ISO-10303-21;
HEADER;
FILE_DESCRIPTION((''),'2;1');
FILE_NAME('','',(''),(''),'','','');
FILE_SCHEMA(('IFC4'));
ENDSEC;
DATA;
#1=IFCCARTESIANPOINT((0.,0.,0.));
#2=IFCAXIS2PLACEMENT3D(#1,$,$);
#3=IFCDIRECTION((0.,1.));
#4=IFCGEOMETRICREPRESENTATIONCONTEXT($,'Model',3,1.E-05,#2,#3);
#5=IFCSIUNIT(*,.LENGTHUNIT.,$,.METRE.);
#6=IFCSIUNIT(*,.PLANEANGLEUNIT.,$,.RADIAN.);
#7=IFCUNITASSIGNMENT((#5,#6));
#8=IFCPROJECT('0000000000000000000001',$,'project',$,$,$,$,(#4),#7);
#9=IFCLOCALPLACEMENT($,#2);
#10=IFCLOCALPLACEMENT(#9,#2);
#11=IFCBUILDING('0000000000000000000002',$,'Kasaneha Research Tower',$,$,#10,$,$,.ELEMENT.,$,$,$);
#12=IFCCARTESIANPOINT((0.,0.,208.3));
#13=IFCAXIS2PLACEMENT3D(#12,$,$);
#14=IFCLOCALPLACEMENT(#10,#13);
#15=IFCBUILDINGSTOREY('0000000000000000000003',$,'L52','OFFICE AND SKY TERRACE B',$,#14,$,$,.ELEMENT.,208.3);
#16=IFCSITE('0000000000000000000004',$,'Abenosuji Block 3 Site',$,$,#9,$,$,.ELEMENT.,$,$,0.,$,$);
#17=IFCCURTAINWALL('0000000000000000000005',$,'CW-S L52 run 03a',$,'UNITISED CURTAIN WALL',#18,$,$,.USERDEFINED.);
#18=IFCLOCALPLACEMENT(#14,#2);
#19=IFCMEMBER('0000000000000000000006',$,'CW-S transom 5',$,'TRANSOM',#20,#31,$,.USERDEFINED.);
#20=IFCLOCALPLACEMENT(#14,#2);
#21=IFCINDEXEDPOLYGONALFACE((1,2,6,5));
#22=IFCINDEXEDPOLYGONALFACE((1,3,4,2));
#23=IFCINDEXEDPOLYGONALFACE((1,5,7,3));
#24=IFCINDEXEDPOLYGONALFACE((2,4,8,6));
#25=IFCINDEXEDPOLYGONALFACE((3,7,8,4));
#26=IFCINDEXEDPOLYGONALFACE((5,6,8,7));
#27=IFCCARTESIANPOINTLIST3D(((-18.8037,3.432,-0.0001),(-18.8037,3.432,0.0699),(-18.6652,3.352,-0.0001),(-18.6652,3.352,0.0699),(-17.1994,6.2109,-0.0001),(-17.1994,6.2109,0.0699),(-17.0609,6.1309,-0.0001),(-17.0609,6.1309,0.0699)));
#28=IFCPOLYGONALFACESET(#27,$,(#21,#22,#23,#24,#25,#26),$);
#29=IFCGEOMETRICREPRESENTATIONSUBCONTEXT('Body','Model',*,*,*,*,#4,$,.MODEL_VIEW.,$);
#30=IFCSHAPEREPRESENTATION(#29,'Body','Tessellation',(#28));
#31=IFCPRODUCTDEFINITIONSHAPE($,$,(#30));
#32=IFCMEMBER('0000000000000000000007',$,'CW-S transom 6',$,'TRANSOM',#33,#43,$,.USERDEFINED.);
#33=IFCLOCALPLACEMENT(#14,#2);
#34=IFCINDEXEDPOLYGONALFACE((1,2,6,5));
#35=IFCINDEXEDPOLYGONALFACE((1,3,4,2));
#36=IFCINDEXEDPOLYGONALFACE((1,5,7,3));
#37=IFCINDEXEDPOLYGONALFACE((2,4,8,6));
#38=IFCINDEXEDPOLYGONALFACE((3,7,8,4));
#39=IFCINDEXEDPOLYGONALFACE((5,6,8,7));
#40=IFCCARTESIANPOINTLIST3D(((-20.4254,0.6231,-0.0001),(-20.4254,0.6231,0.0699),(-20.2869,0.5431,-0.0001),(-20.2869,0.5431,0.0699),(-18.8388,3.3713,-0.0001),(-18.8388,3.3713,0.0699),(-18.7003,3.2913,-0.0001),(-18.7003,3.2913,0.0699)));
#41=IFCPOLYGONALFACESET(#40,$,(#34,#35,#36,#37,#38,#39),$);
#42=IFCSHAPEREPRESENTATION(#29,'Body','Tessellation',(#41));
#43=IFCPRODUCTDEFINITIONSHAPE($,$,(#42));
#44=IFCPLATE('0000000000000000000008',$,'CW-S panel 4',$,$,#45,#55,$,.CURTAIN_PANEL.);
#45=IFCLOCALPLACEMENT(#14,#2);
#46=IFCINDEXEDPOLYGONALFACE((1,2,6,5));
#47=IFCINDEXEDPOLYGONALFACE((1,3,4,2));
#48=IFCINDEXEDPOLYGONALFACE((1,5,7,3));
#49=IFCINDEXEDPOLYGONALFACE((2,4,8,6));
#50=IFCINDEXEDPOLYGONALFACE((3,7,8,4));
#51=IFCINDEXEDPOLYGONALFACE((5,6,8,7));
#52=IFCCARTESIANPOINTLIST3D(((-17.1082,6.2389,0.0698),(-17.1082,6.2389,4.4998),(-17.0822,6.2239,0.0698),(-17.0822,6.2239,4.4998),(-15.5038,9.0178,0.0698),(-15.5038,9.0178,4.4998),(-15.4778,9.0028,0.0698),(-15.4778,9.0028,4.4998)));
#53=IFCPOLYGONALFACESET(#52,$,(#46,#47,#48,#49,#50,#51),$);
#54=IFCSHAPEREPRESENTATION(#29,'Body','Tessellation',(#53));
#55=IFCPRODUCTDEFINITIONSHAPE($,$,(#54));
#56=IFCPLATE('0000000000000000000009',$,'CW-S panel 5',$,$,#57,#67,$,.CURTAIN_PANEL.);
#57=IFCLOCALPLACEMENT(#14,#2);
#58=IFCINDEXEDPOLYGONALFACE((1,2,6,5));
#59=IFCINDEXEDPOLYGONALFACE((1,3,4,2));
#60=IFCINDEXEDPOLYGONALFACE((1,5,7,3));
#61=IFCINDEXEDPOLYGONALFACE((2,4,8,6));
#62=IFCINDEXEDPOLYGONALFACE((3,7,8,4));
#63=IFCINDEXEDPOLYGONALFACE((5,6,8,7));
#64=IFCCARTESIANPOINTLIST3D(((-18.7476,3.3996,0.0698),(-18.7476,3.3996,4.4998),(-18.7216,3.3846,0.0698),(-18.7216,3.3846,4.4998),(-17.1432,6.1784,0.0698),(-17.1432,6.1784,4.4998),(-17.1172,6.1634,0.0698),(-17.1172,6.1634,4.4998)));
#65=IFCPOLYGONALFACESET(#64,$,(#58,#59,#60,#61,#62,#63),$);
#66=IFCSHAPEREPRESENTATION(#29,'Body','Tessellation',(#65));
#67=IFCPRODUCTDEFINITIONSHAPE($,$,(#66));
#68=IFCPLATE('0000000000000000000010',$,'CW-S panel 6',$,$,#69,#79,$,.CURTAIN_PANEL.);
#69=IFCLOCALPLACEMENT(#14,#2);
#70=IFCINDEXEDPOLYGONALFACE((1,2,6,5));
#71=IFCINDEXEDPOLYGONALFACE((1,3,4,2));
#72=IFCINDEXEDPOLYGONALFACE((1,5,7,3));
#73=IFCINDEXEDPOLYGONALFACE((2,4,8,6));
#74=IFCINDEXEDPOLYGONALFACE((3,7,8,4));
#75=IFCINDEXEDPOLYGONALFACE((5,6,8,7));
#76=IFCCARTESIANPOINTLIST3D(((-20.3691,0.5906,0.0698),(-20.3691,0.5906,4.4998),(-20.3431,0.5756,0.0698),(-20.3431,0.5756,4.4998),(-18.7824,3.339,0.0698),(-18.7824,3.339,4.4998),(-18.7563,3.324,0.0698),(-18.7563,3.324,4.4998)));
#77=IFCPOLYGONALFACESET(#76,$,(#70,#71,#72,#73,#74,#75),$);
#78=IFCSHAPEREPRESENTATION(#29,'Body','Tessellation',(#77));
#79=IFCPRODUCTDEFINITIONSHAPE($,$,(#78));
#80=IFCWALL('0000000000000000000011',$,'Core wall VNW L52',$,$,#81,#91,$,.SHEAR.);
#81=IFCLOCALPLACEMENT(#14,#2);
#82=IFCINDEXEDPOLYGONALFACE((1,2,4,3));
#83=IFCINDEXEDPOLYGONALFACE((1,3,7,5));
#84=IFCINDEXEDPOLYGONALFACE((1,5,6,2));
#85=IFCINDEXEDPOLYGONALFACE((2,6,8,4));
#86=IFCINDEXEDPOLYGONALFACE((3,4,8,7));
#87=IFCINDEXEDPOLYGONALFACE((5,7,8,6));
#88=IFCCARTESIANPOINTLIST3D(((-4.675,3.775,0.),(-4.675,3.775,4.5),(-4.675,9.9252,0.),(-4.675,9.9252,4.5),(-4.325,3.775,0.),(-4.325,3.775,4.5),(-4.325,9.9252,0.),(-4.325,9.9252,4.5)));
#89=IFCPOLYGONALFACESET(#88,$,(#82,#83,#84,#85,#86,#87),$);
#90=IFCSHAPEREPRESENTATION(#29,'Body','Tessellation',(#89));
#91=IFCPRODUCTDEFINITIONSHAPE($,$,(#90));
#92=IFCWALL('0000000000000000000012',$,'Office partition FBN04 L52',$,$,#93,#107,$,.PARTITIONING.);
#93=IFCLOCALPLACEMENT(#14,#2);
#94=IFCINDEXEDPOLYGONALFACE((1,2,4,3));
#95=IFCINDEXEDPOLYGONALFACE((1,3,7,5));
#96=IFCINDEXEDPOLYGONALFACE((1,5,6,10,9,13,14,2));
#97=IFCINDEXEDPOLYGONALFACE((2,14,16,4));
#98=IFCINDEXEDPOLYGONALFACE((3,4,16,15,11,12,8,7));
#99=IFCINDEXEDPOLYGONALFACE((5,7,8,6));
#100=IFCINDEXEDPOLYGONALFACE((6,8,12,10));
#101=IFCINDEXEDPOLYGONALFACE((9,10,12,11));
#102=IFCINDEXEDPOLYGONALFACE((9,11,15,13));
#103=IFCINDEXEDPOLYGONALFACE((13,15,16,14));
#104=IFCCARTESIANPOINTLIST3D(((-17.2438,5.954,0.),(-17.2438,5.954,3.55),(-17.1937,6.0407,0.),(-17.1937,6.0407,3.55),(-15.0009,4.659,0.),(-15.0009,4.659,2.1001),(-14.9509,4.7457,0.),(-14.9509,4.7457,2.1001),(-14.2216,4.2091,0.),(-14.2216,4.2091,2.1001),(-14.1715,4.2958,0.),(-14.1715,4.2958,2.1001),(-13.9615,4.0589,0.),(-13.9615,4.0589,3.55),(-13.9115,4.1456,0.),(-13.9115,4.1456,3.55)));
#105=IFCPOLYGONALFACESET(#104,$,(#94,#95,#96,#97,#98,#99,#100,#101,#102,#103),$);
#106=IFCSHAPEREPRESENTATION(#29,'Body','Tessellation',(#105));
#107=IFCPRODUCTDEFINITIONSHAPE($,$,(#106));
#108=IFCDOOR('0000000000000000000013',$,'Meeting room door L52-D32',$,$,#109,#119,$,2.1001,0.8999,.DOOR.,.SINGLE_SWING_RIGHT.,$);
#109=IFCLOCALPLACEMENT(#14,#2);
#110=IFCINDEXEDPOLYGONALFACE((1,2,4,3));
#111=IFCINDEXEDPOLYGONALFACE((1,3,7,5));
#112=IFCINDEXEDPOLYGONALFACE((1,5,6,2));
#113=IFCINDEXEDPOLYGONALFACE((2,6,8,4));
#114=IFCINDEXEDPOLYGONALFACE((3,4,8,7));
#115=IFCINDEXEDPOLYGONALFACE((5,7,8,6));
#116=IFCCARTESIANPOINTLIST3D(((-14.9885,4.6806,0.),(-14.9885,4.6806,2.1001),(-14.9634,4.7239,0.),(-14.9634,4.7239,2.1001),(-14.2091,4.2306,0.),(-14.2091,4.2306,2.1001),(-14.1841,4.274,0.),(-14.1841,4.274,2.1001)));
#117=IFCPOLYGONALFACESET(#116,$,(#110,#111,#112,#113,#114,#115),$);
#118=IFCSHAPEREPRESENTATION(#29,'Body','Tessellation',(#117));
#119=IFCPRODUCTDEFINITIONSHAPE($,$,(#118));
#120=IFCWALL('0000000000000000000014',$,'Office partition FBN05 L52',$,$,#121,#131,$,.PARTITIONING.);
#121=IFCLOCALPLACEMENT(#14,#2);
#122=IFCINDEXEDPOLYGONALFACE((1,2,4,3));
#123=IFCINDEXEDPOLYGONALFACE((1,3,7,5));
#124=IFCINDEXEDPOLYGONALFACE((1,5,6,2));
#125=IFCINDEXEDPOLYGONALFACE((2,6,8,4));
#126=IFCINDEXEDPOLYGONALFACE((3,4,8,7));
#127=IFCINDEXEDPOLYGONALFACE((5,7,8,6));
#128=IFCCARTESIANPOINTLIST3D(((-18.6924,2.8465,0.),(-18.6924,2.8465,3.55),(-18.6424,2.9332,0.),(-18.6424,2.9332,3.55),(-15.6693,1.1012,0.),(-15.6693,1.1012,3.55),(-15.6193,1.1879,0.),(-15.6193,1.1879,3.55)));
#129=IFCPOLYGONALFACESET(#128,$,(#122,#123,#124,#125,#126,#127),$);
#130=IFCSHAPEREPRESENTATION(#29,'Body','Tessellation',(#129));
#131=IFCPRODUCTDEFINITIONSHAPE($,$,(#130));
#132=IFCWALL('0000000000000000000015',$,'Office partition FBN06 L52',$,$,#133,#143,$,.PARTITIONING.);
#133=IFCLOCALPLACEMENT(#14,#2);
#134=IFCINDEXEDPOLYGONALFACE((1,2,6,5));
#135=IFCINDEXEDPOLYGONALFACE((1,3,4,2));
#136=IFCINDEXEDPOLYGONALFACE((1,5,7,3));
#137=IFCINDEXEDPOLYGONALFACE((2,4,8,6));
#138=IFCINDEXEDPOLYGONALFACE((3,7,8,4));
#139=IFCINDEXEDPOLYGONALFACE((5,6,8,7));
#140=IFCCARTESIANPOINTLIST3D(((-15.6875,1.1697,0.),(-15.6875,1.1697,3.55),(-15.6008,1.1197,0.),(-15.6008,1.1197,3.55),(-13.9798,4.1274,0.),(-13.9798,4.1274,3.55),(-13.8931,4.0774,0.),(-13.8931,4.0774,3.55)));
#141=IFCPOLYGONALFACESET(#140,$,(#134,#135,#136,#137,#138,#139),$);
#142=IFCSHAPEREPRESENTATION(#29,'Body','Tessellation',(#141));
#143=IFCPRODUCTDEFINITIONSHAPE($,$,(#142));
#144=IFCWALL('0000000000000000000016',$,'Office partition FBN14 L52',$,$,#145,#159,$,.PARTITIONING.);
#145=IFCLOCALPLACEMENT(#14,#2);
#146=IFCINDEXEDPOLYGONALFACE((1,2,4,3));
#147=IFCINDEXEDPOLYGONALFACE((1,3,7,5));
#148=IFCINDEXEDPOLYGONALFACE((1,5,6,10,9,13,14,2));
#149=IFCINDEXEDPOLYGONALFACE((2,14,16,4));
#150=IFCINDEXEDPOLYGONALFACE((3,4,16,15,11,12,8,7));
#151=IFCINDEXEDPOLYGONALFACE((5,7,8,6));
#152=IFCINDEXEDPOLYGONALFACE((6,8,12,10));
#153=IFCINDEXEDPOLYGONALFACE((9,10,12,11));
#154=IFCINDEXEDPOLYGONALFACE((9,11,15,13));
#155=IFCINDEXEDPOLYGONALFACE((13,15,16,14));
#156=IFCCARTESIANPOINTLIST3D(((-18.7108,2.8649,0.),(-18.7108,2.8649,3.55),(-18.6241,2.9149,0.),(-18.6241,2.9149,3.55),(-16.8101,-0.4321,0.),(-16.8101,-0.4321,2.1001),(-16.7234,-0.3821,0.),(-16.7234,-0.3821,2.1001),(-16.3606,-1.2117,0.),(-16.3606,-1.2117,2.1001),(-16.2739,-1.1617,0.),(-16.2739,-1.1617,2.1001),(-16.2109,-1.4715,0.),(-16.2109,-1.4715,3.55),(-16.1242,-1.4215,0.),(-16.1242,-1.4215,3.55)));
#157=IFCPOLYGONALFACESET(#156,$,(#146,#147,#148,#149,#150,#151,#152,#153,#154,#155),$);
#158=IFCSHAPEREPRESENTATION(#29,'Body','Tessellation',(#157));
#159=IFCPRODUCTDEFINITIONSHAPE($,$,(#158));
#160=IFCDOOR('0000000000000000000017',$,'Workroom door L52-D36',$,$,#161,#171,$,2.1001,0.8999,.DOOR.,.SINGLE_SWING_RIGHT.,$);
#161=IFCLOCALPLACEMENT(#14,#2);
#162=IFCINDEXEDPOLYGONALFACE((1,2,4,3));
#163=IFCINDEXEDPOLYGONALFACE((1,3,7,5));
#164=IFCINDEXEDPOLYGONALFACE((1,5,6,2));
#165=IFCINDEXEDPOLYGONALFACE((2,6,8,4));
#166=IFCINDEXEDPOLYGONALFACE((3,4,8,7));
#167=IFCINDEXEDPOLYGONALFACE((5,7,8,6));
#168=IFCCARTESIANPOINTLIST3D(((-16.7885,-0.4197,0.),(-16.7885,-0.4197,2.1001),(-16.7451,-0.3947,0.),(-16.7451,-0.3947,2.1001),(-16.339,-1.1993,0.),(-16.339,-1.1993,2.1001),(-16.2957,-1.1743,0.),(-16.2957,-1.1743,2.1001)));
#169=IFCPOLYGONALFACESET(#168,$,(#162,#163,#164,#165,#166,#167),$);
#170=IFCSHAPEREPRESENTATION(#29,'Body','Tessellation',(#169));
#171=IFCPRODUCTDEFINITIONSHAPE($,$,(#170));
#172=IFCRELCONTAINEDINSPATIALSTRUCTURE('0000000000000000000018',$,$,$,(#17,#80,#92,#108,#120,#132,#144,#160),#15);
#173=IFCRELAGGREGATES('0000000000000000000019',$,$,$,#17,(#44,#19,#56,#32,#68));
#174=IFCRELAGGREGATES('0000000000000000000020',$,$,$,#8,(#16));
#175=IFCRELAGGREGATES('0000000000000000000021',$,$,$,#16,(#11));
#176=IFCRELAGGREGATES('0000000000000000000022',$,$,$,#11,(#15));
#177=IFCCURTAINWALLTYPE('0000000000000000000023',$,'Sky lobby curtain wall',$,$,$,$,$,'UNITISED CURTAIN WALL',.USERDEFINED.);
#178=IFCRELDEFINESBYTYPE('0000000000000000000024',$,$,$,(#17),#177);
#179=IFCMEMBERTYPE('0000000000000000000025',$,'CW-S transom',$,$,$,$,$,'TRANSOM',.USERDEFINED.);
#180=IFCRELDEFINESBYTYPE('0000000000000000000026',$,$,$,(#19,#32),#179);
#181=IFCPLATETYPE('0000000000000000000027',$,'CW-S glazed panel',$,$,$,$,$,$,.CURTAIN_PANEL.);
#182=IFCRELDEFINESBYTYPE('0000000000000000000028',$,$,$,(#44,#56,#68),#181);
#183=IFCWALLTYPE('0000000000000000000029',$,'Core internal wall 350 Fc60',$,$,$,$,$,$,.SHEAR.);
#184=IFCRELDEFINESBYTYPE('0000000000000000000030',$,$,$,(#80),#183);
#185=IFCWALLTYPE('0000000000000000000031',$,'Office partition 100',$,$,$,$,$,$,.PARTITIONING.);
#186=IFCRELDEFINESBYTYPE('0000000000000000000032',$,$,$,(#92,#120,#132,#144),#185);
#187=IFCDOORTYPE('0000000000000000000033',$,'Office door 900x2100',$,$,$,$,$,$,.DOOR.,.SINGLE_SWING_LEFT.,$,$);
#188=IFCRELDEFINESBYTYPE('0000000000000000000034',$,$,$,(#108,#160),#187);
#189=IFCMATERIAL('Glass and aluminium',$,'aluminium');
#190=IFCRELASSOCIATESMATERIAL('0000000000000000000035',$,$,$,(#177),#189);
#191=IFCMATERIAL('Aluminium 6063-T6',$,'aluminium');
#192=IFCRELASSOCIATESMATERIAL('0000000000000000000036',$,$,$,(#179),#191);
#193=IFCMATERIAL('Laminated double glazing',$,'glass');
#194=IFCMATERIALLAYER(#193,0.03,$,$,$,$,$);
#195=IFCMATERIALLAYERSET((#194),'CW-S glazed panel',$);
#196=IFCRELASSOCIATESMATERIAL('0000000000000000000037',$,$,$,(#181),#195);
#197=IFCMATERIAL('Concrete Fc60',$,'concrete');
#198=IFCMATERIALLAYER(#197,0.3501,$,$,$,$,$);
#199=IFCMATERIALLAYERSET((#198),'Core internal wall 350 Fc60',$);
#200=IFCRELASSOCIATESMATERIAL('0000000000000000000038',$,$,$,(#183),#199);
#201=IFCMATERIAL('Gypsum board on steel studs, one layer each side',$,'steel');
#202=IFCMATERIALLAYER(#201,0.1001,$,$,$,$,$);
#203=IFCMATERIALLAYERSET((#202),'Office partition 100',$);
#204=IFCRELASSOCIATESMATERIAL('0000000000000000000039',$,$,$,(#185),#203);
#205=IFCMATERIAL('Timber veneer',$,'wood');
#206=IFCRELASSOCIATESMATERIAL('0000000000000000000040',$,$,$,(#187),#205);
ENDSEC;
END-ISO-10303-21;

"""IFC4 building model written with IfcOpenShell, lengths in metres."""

from ifc_helpers import new_model, si_unit, direction, frame, frame_2d, origin, origin_2d, place, context, subcontext, project, spatial, rectangle, extrude, material, layer, layer_set, material_profile, profile_set, type_object, element, fill, aggregate, save


model = new_model("IFC4")

# Units and contexts
model_context = context("Model", 3, precision=1e-05, world=origin(), true_north=direction((0.0, 1.0)))
body_context = subcontext(model_context, "Body", "Model", "MODEL_VIEW")
ifc_project = project(units=[si_unit("LENGTHUNIT", "METRE"), si_unit("PLANEANGLEUNIT", "RADIAN")], contexts=[model_context])

# Site, building, storey
site_placement = place(None, origin())
site = spatial("IfcSite", under=ifc_project, at=site_placement, Name="Abenosuji Block 3 Site", CompositionType="ELEMENT", RefElevation=0.0)
building_placement = place(site_placement, origin())
building = spatial("IfcBuilding", under=site, at=building_placement, Name="Kasaneha Research Tower", CompositionType="ELEMENT")
storey_placement = place(building_placement, frame((0.0, 0.0, 208.3)))
storey = spatial("IfcBuildingStorey", under=building, at=storey_placement, Name="L52", Description="OFFICE AND SKY TERRACE B", CompositionType="ELEMENT", Elevation=208.3)

# Curtain wall, members, plates
ifc_material_1 = material(Name="Glass and aluminium", Category="aluminium")
curtain_wall_type = type_object("IfcCurtainWallType", Name="Sky lobby curtain wall", ElementType="UNITISED CURTAIN WALL", PredefinedType="USERDEFINED", material=ifc_material_1)
curtain_wall_placement = place(storey_placement, origin())
curtain_wall = element("IfcCurtainWall", 1, at=curtain_wall_placement, inside=storey, type_object=curtain_wall_type, Name="CW-S L52 run 03a", ObjectType="UNITISED CURTAIN WALL", PredefinedType="USERDEFINED")
ifc_material_2 = material(Name="Aluminium 6063-T6", Category="aluminium")
ifc_material_profile = material_profile(ifc_material_2, rectangle(XDim=0.1599, YDim=0.0701, at=origin_2d()), Name="CW-S transom 160x70")
ifc_profile_set = profile_set([ifc_material_profile], Name="Aluminium 6063-T6")
member_type = type_object("IfcMemberType", Name="CW-S transom", ElementType="TRANSOM", PredefinedType="USERDEFINED", material=ifc_profile_set)
member_1_placement = place(storey_placement, frame((-17.1301, 6.1709, 0.0349), z_axis=(-0.499977, -0.866039, 0.0), x_axis=(0.866039, -0.499977, 0.0)))
member_1 = element("IfcMember", 2, at=member_1_placement, type_object=member_type, Name="CW-S transom 5", ObjectType="TRANSOM", PredefinedType="USERDEFINED", context=body_context, shape_type="SweptSolid", body=[
    extrude(rectangle(XDim=0.1599, YDim=0.0701, at=origin_2d()), origin(), (0.0, 0.0, 1.0), 3.2087),
])
member_2_placement = place(storey_placement, frame((-18.7695, 3.3313, 0.0349), z_axis=(-0.499987, -0.866033, 0.0), x_axis=(0.866033, -0.499987, 0.0)))
member_2 = element("IfcMember", 3, at=member_2_placement, type_object=member_type, Name="CW-S transom 6", ObjectType="TRANSOM", PredefinedType="USERDEFINED", context=body_context, shape_type="SweptSolid", body=[
    extrude(rectangle(XDim=0.1599, YDim=0.0701, at=origin_2d()), origin(), (0.0, 0.0, 1.0), 3.1733),
])
ifc_material_3 = material(Name="Laminated double glazing", Category="glass")
ifc_layer_1 = layer(ifc_material_3, 0.03)
ifc_layer_set_1 = layer_set([ifc_layer_1], Name="CW-S glazed panel")
plate_type = type_object("IfcPlateType", Name="CW-S glazed panel", PredefinedType="CURTAIN_PANEL", material=ifc_layer_set_1)
plate_1_placement = place(storey_placement, frame((-16.293, 7.6208, 0.0698), z_axis=(0.0, 0.0, 1.0), x_axis=(-0.5, -0.866025, 0.0)))
plate_1 = element("IfcPlate", 4, at=plate_1_placement, type_object=plate_type, Name="CW-S panel 4", PredefinedType="CURTAIN_PANEL", context=body_context, shape_type="SweptSolid", body=[
    extrude(rectangle(XDim=3.2087, YDim=0.03, at=origin_2d()), origin(), (0.0, 0.0, 1.0), 4.4299),
])
plate_2_placement = place(storey_placement, frame((-17.9324, 4.7815, 0.0698), z_axis=(0.0, 0.0, 1.0), x_axis=(-0.5, -0.866025, 0.0)))
plate_2 = element("IfcPlate", 5, at=plate_2_placement, type_object=plate_type, Name="CW-S panel 5", PredefinedType="CURTAIN_PANEL", context=body_context, shape_type="SweptSolid", body=[
    extrude(rectangle(XDim=3.2087, YDim=0.03, at=origin_2d()), origin(), (0.0, 0.0, 1.0), 4.4299),
])
plate_3_placement = place(storey_placement, frame((-19.5627, 1.9573, 0.0698), z_axis=(0.0, 0.0, 1.0), x_axis=(-0.5, -0.866025, 0.0)))
plate_3 = element("IfcPlate", 6, at=plate_3_placement, type_object=plate_type, Name="CW-S panel 6", PredefinedType="CURTAIN_PANEL", context=body_context, shape_type="SweptSolid", body=[
    extrude(rectangle(XDim=3.1736, YDim=0.03, at=origin_2d()), origin(), (0.0, 0.0, 1.0), 4.4299),
])
aggregate(curtain_wall, [plate_1, member_1, plate_2, member_2, plate_3])

# Shared definitions
ifc_material_4 = material(Name="Concrete Fc60", Category="concrete")
ifc_layer_2 = layer(ifc_material_4, 0.3501)
ifc_layer_set_2 = layer_set([ifc_layer_2], Name="Core internal wall 350 Fc60")
wall_type_1 = type_object("IfcWallType", Name="Core internal wall 350 Fc60", PredefinedType="SHEAR", material=ifc_layer_set_2)

# Wall
wall_1_placement = place(storey_placement, frame((-4.5, 3.7749, 0.0), z_axis=(0.0, 0.0, 1.0), x_axis=(0.0, 1.0, 0.0)))
element("IfcWall", 7, at=wall_1_placement, inside=storey, type_object=wall_type_1, Name="Core wall VNW L52", PredefinedType="SHEAR", context=body_context, shape_type="SweptSolid", body=[
    extrude(rectangle(XDim=6.1501, YDim=0.3501, at=frame_2d((3.0752, 0.0))), origin(), (0.0, 0.0, 1.0), 4.5),
])

# Wall, opening, door
ifc_material_5 = material(Name="Gypsum board on steel studs, one layer each side", Category="steel")
ifc_layer_3 = layer(ifc_material_5, 0.1001)
ifc_layer_set_3 = layer_set([ifc_layer_3], Name="Office partition 100")
wall_type_2 = type_object("IfcWallType", Name="Office partition 100", PredefinedType="PARTITIONING", material=ifc_layer_set_3)
wall_2_placement = place(storey_placement, frame((-17.2188, 5.9973, 0.0), z_axis=(0.0, 0.0, 1.0), x_axis=(0.866023, -0.500005, 0.0)))
wall_2 = element("IfcWall", 8, at=wall_2_placement, inside=storey, type_object=wall_type_2, Name="Office partition FBN04 L52", PredefinedType="PARTITIONING", context=body_context, shape_type="SweptSolid", body=[
    extrude(rectangle(XDim=3.79, YDim=0.1001, at=frame_2d((1.895, 0.0))), origin(), (0.0, 0.0, 1.0), 3.55),
])
opening_1_placement = place(wall_2_placement, frame((2.5898, 0.0, 0.0)))
opening_1 = element("IfcOpeningElement", 9, at=opening_1_placement, cuts=wall_2, PredefinedType="OPENING", context=body_context, shape_type="SweptSolid", body=[
    extrude(rectangle(XDim=0.8999, YDim=2.1001, at=frame_2d((0.45, 1.05))), frame((0.0, 0.0601, 0.0), z_axis=(0.0, -1.0, 0.0), x_axis=(1.0, 0.0, 0.0)), (0.0, 0.0, 1.0), 0.1201),
])
ifc_material_6 = material(Name="Timber veneer", Category="wood")
door_type_1 = type_object("IfcDoorType", Name="Office door 900x2100", OperationType="SINGLE_SWING_LEFT", PredefinedType="DOOR", material=ifc_material_6)
door_1_placement = place(opening_1_placement, origin())
door_1 = element("IfcDoor", 10, at=door_1_placement, inside=storey, type_object=door_type_1, Name="Meeting room door L52-D32", OperationType="SINGLE_SWING_RIGHT", OverallHeight=2.1001, OverallWidth=0.8999, PredefinedType="DOOR", context=body_context, shape_type="SweptSolid", body=[
    extrude(rectangle(XDim=0.8999, YDim=2.1001, at=frame_2d((0.45, 1.05))), frame((0.0, 0.0249, 0.0), z_axis=(0.0, -1.0, 0.0), x_axis=(1.0, 0.0, 0.0)), (0.0, 0.0, 1.0), 0.05),
])
fill(opening_1, door_1)

# Walls
wall_3_placement = place(storey_placement, frame((-15.6443, 1.1445, 0.0), z_axis=(0.0, 0.0, 1.0), x_axis=(-0.866035, 0.499983, 0.0)))
element("IfcWall", 11, at=wall_3_placement, inside=storey, type_object=wall_type_2, Name="Office partition FBN05 L52", PredefinedType="PARTITIONING", context=body_context, shape_type="SweptSolid", body=[
    extrude(rectangle(XDim=3.4907, YDim=0.1001, at=frame_2d((1.7454, 0.0))), origin(), (0.0, 0.0, 1.0), 3.55),
])
wall_4_placement = place(storey_placement, frame((-13.9365, 4.1023, 0.0), z_axis=(0.0, 0.0, 1.0), x_axis=(-0.500022, -0.866013, 0.0)))
element("IfcWall", 12, at=wall_4_placement, inside=storey, type_object=wall_type_2, Name="Office partition FBN06 L52", PredefinedType="PARTITIONING", context=body_context, shape_type="SweptSolid", body=[
    extrude(rectangle(XDim=3.4153, YDim=0.1001, at=frame_2d((1.7075, 0.0))), origin(), (0.0, 0.0, 1.0), 3.55),
])

# Wall, opening, door
wall_5_placement = place(storey_placement, frame((-18.6675, 2.8899, 0.0), z_axis=(0.0, 0.0, 1.0), x_axis=(0.499455, -0.86634, 0.0)))
wall_5 = element("IfcWall", 13, at=wall_5_placement, inside=storey, type_object=wall_type_2, Name="Office partition FBN14 L52", PredefinedType="PARTITIONING", context=body_context, shape_type="SweptSolid", body=[
    extrude(rectangle(XDim=5.0054, YDim=0.1001, at=frame_2d((2.5027, 0.0))), origin(), (0.0, 0.0, 1.0), 3.55),
])
opening_2_placement = place(wall_5_placement, frame((3.8057, 0.0, 0.0)))
opening_2 = element("IfcOpeningElement", 14, at=opening_2_placement, cuts=wall_5, PredefinedType="OPENING", context=body_context, shape_type="SweptSolid", body=[
    extrude(rectangle(XDim=0.8999, YDim=2.1001, at=frame_2d((0.45, 1.05))), frame((0.0, 0.0601, 0.0), z_axis=(0.0, -1.0, 0.0), x_axis=(1.0, 0.0, 0.0)), (0.0, 0.0, 1.0), 0.1201),
])
door_2_placement = place(opening_2_placement, origin())
door_2 = element("IfcDoor", 15, at=door_2_placement, inside=storey, type_object=door_type_1, Name="Workroom door L52-D36", OperationType="SINGLE_SWING_RIGHT", OverallHeight=2.1001, OverallWidth=0.8999, PredefinedType="DOOR", context=body_context, shape_type="SweptSolid", body=[
    extrude(rectangle(XDim=0.8999, YDim=2.1001, at=frame_2d((0.45, 1.05))), frame((0.0, 0.0249, 0.0), z_axis=(0.0, -1.0, 0.0), x_axis=(1.0, 0.0, 0.0)), (0.0, 0.0, 1.0), 0.05),
])
fill(opening_2, door_2)

save(model, "model.ifc")
